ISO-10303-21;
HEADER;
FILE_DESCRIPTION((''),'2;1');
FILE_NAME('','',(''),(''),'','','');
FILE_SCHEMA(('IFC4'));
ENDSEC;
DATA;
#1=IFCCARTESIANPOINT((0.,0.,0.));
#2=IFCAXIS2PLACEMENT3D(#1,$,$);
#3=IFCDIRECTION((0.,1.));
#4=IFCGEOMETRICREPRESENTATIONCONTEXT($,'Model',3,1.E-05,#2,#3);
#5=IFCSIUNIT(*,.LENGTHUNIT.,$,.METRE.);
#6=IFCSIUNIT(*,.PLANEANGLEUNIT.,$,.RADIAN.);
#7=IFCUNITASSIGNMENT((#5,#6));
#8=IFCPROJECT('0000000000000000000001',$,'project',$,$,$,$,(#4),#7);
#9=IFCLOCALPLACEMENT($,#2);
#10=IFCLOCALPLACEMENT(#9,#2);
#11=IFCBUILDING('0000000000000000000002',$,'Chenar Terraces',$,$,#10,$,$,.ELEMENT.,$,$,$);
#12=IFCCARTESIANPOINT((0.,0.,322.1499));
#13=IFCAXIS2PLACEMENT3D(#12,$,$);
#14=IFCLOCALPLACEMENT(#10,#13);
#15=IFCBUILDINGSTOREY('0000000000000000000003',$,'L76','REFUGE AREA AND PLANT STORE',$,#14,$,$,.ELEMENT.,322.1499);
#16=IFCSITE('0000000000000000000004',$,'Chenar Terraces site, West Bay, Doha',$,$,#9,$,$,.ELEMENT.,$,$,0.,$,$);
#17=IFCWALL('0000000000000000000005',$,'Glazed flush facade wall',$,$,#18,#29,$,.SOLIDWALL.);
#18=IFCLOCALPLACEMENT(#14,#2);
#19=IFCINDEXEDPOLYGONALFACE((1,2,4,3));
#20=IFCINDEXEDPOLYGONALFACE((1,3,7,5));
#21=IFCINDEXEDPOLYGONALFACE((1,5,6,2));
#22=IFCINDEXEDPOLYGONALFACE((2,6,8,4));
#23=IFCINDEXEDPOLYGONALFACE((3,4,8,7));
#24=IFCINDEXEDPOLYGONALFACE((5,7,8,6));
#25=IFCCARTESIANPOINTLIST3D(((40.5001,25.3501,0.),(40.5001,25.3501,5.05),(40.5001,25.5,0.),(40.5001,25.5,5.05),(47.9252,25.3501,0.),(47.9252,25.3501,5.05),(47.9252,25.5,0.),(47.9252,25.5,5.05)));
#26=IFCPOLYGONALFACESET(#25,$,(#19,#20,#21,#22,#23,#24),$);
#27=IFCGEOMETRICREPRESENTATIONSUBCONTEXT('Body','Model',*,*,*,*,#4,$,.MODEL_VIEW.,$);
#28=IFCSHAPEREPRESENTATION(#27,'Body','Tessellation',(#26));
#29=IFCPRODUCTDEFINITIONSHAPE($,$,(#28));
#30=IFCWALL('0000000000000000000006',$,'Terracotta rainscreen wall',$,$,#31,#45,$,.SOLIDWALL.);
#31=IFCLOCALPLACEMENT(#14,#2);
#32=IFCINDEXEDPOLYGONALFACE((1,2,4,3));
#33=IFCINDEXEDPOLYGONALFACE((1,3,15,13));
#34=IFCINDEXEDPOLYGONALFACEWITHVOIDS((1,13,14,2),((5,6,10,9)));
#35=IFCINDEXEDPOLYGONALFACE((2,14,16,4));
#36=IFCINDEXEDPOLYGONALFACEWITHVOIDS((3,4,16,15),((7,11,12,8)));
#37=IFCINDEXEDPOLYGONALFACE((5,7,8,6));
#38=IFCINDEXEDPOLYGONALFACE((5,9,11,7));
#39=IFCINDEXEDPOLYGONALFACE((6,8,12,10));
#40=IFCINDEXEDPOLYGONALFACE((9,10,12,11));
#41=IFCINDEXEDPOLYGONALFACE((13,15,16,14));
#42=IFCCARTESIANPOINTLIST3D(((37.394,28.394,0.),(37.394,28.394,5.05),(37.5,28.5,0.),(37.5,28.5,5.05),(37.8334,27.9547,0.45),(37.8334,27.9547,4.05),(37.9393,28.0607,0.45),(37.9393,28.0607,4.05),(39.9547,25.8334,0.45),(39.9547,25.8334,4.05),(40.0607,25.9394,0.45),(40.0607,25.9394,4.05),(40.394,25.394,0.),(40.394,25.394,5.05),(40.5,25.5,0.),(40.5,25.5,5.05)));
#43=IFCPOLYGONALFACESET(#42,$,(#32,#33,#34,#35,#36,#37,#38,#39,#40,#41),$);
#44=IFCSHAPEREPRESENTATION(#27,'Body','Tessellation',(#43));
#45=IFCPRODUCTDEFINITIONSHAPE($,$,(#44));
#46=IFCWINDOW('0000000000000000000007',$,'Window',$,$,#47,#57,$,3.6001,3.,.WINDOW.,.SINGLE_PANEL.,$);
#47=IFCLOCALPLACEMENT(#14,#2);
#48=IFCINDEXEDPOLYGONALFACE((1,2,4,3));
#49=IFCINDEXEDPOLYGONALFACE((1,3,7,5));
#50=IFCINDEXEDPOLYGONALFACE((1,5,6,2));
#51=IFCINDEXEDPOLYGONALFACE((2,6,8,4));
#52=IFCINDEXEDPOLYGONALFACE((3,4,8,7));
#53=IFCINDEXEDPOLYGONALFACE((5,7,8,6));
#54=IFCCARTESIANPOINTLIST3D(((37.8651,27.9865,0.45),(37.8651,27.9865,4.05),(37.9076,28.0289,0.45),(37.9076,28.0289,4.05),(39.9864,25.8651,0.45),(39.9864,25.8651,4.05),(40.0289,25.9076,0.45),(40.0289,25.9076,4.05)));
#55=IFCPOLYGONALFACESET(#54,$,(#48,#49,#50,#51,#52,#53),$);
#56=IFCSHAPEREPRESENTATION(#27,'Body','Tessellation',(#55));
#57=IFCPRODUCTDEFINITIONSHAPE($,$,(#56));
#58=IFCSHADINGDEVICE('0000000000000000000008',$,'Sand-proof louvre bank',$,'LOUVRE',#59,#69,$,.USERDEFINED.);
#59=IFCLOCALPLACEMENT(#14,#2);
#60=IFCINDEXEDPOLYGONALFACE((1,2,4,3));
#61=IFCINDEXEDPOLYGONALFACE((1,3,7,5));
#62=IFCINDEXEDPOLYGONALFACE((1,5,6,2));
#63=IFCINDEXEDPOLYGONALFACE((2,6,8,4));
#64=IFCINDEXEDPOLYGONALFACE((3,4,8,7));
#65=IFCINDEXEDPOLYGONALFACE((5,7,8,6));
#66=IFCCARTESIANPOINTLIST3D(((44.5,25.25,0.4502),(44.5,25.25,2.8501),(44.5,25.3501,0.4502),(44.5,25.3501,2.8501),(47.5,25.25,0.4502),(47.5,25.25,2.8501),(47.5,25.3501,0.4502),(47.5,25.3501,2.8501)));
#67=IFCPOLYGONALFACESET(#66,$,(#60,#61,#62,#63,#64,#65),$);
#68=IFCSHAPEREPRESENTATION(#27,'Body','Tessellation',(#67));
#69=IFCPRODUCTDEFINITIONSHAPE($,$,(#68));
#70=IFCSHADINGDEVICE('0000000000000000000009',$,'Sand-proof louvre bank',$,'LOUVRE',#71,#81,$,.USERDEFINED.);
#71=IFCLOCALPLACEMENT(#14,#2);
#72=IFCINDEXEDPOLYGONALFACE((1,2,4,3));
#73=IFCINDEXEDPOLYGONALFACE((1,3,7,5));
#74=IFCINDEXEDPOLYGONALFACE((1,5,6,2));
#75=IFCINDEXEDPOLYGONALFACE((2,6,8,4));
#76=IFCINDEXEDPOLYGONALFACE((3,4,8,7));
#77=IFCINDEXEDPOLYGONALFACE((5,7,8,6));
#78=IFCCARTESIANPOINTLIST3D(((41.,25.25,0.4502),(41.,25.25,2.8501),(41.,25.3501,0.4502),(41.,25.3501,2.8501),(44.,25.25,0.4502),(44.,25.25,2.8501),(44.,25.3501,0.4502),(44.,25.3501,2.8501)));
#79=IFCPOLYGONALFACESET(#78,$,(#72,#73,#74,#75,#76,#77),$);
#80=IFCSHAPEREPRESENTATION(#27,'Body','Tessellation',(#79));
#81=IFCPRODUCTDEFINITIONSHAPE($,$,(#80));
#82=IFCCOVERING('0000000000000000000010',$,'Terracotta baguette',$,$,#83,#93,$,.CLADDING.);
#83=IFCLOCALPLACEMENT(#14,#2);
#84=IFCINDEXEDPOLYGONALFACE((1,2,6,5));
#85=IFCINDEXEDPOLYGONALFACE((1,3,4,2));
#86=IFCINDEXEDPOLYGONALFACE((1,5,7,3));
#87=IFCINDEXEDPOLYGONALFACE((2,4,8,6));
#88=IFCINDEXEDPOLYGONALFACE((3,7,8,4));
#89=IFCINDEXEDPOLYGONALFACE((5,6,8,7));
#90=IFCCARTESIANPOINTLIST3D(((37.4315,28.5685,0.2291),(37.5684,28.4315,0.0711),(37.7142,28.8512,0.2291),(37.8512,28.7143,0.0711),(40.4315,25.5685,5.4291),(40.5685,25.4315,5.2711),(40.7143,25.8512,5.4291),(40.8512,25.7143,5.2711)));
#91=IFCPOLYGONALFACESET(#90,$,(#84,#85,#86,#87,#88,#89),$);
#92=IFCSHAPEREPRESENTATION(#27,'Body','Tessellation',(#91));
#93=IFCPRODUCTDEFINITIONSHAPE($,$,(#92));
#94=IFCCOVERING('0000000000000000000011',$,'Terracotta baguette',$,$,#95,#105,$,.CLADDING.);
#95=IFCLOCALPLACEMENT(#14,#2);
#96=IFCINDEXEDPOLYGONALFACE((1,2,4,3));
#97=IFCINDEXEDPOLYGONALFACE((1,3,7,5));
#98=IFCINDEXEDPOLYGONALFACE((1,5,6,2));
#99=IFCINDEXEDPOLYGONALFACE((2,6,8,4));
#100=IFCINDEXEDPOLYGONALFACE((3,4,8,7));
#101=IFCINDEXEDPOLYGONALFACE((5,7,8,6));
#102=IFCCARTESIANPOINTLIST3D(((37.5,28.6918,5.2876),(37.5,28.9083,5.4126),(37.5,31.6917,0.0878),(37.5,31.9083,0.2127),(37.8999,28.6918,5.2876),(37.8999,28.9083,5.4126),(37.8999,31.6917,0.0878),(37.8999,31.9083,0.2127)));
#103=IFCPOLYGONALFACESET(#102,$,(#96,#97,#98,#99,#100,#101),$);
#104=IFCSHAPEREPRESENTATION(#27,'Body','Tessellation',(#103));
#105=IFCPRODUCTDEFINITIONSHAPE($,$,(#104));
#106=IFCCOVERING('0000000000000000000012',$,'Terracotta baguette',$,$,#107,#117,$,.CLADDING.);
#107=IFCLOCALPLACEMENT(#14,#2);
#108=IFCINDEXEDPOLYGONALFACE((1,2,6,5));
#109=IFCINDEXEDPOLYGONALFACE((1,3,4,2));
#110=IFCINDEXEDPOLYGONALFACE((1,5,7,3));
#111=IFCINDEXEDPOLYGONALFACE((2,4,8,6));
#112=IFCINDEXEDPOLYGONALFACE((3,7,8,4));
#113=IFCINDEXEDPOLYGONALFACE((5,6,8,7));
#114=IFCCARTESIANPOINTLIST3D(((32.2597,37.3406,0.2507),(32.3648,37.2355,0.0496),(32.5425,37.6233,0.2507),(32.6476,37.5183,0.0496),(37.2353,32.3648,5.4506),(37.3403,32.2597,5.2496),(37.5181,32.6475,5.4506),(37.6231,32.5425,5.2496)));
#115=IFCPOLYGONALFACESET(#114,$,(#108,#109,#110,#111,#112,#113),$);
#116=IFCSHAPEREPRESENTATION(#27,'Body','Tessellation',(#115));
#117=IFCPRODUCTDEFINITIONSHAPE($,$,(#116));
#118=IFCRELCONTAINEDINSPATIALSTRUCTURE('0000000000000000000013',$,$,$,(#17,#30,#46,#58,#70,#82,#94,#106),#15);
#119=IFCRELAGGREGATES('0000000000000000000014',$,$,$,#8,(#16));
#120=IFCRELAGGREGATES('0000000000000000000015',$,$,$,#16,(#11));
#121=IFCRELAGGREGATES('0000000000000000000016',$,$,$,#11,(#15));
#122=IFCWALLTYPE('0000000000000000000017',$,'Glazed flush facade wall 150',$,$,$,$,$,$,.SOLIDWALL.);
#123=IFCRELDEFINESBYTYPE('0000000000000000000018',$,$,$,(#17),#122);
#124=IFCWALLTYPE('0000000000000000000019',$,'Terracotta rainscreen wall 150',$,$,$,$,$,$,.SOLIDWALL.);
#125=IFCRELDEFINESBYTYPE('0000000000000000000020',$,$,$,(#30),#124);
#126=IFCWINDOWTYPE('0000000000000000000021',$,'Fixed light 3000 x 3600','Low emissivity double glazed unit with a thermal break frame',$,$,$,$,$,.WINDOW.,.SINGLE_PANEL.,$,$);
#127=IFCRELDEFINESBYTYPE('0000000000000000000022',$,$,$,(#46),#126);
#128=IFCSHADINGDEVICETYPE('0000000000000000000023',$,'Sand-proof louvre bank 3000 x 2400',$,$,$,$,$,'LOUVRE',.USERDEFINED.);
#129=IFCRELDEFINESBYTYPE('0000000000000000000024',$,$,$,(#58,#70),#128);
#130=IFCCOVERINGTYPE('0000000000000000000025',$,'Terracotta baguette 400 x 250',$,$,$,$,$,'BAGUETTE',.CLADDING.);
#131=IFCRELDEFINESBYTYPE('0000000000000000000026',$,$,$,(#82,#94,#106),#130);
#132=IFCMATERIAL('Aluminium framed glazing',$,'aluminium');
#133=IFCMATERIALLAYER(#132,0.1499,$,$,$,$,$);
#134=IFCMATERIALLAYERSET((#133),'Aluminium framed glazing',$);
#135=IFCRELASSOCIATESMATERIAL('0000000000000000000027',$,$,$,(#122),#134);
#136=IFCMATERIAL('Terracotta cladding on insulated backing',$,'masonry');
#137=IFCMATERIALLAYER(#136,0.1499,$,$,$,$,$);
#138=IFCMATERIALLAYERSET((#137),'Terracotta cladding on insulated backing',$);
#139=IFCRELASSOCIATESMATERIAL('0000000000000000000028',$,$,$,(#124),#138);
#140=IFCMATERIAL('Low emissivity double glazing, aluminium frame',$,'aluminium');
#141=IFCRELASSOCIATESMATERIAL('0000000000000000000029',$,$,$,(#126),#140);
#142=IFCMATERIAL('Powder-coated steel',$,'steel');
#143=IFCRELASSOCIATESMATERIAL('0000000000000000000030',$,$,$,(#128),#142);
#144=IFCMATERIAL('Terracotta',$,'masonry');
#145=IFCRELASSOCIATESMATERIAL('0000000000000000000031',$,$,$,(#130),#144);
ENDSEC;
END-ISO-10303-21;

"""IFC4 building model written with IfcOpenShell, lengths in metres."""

from ifc_helpers import new_model, si_unit, direction, frame, frame_2d, origin, origin_2d, place, context, subcontext, project, spatial, rectangle, extrude, material, layer, layer_set, material_profile, profile_set, type_object, element, fill, save


model = new_model("IFC4")

# Units and contexts
model_context = context("Model", 3, precision=1e-05, world=origin(), true_north=direction((0.0, 1.0)))
body_context = subcontext(model_context, "Body", "Model", "MODEL_VIEW")
ifc_project = project(units=[si_unit("LENGTHUNIT", "METRE"), si_unit("PLANEANGLEUNIT", "RADIAN")], contexts=[model_context])

# Site, building, storey
site_placement = place(None, origin())
site = spatial("IfcSite", under=ifc_project, at=site_placement, Name="Chenar Terraces site, West Bay, Doha", CompositionType="ELEMENT", RefElevation=0.0)
building_placement = place(site_placement, origin())
building = spatial("IfcBuilding", under=site, at=building_placement, Name="Chenar Terraces", CompositionType="ELEMENT")
storey_placement = place(building_placement, frame((0.0, 0.0, 322.1499)))
storey = spatial("IfcBuildingStorey", under=building, at=storey_placement, Name="L76", Description="REFUGE AREA AND PLANT STORE", CompositionType="ELEMENT", Elevation=322.1499)

# Wall
ifc_material_1 = material(Name="Aluminium framed glazing", Category="aluminium")
ifc_layer_1 = layer(ifc_material_1, 0.1499)
ifc_layer_set_1 = layer_set([ifc_layer_1], Name="Aluminium framed glazing")
wall_type_1 = type_object("IfcWallType", Name="Glazed flush facade wall 150", PredefinedType="SOLIDWALL", material=ifc_layer_set_1)
wall_1_placement = place(storey_placement, frame((47.925, 25.425, 0.0), z_axis=(0.0, 0.0, 1.0), x_axis=(-1.0, 0.0, 0.0)))
element("IfcWall", 1, at=wall_1_placement, inside=storey, type_object=wall_type_1, Name="Glazed flush facade wall", PredefinedType="SOLIDWALL", context=body_context, shape_type="SweptSolid", body=[
    extrude(rectangle(XDim=7.425, YDim=0.1499, at=frame_2d((3.7124, 0.0))), origin(), (0.0, 0.0, 1.0), 5.05),
])

# Wall, opening, window
ifc_material_2 = material(Name="Terracotta cladding on insulated backing", Category="masonry")
ifc_layer_2 = layer(ifc_material_2, 0.1499)
ifc_layer_set_2 = layer_set([ifc_layer_2], Name="Terracotta cladding on insulated backing")
wall_type_2 = type_object("IfcWallType", Name="Terracotta rainscreen wall 150", PredefinedType="SOLIDWALL", material=ifc_layer_set_2)
wall_2_placement = place(storey_placement, frame((40.447, 25.447, 0.0), z_axis=(0.0, 0.0, 1.0), x_axis=(-0.707107, 0.707107, 0.0)))
wall_2 = element("IfcWall", 2, at=wall_2_placement, inside=storey, type_object=wall_type_2, Name="Terracotta rainscreen wall", PredefinedType="SOLIDWALL", context=body_context, shape_type="SweptSolid", body=[
    extrude(rectangle(XDim=4.2427, YDim=0.1499, at=frame_2d((2.1213, 0.0))), origin(), (0.0, 0.0, 1.0), 5.05),
])
opening_placement = place(wall_2_placement, frame((0.6213, 0.0, 0.45)))
opening = element("IfcOpeningElement", 3, at=opening_placement, cuts=wall_2, PredefinedType="OPENING", context=body_context, shape_type="SweptSolid", body=[
    extrude(rectangle(XDim=3.0, YDim=3.6001, at=frame_2d((1.5, 1.8))), frame((0.0, 0.085, 0.0), z_axis=(0.0, -1.0, 0.0), x_axis=(1.0, 0.0, 0.0)), (0.0, 0.0, 1.0), 0.1699),
])
ifc_material_3 = material(Name="Low emissivity double glazing, aluminium frame", Category="aluminium")
window_type = type_object("IfcWindowType", Name="Fixed light 3000 x 3600", Description="Low emissivity double glazed unit with a thermal break frame", PartitioningType="SINGLE_PANEL", PredefinedType="WINDOW", material=ifc_material_3)
window_placement = place(opening_placement, origin())
window = element("IfcWindow", 4, at=window_placement, inside=storey, type_object=window_type, Name="Window", OverallHeight=3.6001, OverallWidth=3.0, PartitioningType="SINGLE_PANEL", PredefinedType="WINDOW", context=body_context, shape_type="SweptSolid", body=[
    extrude(rectangle(XDim=3.0, YDim=3.6001, at=frame_2d((1.5, 1.8))), frame((0.0, 0.03, 0.0), z_axis=(0.0, -1.0, 0.0), x_axis=(1.0, 0.0, 0.0)), (0.0, 0.0, 1.0), 0.0601),
])
fill(opening, window)

# Shading devices
ifc_material_4 = material(Name="Powder-coated steel", Category="steel")
shading_device_type = type_object("IfcShadingDeviceType", Name="Sand-proof louvre bank 3000 x 2400", ElementType="LOUVRE", PredefinedType="USERDEFINED", material=ifc_material_4)
for number, where, z_axis, x_axis, name in (
    (5, (46.0, 25.3, 0.4502), (0.0, 0.0, 1.0), (-1.0, 0.0, 0.0), "Sand-proof louvre bank"),
    (6, (42.5, 25.3, 0.4502), (0.0, 0.0, 1.0), (-1.0, 0.0, 0.0), "Sand-proof louvre bank"),
):
    element("IfcShadingDevice", number, at=place(storey_placement, frame(where, z_axis=z_axis, x_axis=x_axis)), inside=storey, type_object=shading_device_type, Name=name, ObjectType="LOUVRE", PredefinedType="USERDEFINED", context=body_context, shape_type="SweptSolid", body=[
        extrude(rectangle(XDim=3.0, YDim=0.1001, at=origin_2d()), origin(), (0.0, 0.0, 1.0), 2.3999),
    ])

# Coverings
ifc_material_5 = material(Name="Terracotta", Category="masonry")
ifc_material_profile_1 = material_profile(ifc_material_5, rectangle(XDim=0.3999, YDim=0.25, at=origin_2d()), Name="Terracotta baguette 400 x 250")
ifc_profile_set_1 = profile_set([ifc_material_profile_1], Name="Terracotta")
covering_type = type_object("IfcCoveringType", Name="Terracotta baguette 400 x 250", ElementType="BAGUETTE", PredefinedType="CLADDING", material=ifc_profile_set_1)
covering_1_placement = place(storey_placement, frame((40.6414, 25.6414, 5.3501), z_axis=(-0.447017, 0.447017, -0.774823), x_axis=(-0.707107, -0.707107, 0.0)))
element("IfcCovering", 7, at=covering_1_placement, inside=storey, type_object=covering_type, Name="Terracotta baguette", PredefinedType="CLADDING", context=body_context, shape_type="SweptSolid", body=[
    extrude(rectangle(XDim=0.3999, YDim=0.25, at=origin_2d()), origin(), (0.0, 0.0, 1.0), 6.7112),
])
covering_2_placement = place(storey_placement, frame((37.7, 28.8, 5.3501), z_axis=(0.0, 0.499726, -0.866184), x_axis=(-1.0, 0.0, 0.0)))
element("IfcCovering", 8, at=covering_2_placement, inside=storey, type_object=covering_type, Name="Terracotta baguette", PredefinedType="CLADDING", context=body_context, shape_type="SweptSolid", body=[
    extrude(rectangle(XDim=0.3999, YDim=0.25, at=origin_2d()), origin(), (0.0, 0.0, 1.0), 6.0032),
])
covering_3_placement = place(storey_placement, frame((37.4292, 32.4536, 5.3501), z_axis=(-0.568667, 0.568695, -0.59431), x_axis=(-0.707124, -0.707089, 0.0)))
element("IfcCovering", 9, at=covering_3_placement, inside=storey, type_object=covering_type, Name="Terracotta baguette", PredefinedType="CLADDING", context=body_context, shape_type="SweptSolid", body=[
    extrude(rectangle(XDim=0.3999, YDim=0.25, at=origin_2d()), origin(), (0.0, 0.0, 1.0), 8.7495),
])

save(model, "model.ifc")
